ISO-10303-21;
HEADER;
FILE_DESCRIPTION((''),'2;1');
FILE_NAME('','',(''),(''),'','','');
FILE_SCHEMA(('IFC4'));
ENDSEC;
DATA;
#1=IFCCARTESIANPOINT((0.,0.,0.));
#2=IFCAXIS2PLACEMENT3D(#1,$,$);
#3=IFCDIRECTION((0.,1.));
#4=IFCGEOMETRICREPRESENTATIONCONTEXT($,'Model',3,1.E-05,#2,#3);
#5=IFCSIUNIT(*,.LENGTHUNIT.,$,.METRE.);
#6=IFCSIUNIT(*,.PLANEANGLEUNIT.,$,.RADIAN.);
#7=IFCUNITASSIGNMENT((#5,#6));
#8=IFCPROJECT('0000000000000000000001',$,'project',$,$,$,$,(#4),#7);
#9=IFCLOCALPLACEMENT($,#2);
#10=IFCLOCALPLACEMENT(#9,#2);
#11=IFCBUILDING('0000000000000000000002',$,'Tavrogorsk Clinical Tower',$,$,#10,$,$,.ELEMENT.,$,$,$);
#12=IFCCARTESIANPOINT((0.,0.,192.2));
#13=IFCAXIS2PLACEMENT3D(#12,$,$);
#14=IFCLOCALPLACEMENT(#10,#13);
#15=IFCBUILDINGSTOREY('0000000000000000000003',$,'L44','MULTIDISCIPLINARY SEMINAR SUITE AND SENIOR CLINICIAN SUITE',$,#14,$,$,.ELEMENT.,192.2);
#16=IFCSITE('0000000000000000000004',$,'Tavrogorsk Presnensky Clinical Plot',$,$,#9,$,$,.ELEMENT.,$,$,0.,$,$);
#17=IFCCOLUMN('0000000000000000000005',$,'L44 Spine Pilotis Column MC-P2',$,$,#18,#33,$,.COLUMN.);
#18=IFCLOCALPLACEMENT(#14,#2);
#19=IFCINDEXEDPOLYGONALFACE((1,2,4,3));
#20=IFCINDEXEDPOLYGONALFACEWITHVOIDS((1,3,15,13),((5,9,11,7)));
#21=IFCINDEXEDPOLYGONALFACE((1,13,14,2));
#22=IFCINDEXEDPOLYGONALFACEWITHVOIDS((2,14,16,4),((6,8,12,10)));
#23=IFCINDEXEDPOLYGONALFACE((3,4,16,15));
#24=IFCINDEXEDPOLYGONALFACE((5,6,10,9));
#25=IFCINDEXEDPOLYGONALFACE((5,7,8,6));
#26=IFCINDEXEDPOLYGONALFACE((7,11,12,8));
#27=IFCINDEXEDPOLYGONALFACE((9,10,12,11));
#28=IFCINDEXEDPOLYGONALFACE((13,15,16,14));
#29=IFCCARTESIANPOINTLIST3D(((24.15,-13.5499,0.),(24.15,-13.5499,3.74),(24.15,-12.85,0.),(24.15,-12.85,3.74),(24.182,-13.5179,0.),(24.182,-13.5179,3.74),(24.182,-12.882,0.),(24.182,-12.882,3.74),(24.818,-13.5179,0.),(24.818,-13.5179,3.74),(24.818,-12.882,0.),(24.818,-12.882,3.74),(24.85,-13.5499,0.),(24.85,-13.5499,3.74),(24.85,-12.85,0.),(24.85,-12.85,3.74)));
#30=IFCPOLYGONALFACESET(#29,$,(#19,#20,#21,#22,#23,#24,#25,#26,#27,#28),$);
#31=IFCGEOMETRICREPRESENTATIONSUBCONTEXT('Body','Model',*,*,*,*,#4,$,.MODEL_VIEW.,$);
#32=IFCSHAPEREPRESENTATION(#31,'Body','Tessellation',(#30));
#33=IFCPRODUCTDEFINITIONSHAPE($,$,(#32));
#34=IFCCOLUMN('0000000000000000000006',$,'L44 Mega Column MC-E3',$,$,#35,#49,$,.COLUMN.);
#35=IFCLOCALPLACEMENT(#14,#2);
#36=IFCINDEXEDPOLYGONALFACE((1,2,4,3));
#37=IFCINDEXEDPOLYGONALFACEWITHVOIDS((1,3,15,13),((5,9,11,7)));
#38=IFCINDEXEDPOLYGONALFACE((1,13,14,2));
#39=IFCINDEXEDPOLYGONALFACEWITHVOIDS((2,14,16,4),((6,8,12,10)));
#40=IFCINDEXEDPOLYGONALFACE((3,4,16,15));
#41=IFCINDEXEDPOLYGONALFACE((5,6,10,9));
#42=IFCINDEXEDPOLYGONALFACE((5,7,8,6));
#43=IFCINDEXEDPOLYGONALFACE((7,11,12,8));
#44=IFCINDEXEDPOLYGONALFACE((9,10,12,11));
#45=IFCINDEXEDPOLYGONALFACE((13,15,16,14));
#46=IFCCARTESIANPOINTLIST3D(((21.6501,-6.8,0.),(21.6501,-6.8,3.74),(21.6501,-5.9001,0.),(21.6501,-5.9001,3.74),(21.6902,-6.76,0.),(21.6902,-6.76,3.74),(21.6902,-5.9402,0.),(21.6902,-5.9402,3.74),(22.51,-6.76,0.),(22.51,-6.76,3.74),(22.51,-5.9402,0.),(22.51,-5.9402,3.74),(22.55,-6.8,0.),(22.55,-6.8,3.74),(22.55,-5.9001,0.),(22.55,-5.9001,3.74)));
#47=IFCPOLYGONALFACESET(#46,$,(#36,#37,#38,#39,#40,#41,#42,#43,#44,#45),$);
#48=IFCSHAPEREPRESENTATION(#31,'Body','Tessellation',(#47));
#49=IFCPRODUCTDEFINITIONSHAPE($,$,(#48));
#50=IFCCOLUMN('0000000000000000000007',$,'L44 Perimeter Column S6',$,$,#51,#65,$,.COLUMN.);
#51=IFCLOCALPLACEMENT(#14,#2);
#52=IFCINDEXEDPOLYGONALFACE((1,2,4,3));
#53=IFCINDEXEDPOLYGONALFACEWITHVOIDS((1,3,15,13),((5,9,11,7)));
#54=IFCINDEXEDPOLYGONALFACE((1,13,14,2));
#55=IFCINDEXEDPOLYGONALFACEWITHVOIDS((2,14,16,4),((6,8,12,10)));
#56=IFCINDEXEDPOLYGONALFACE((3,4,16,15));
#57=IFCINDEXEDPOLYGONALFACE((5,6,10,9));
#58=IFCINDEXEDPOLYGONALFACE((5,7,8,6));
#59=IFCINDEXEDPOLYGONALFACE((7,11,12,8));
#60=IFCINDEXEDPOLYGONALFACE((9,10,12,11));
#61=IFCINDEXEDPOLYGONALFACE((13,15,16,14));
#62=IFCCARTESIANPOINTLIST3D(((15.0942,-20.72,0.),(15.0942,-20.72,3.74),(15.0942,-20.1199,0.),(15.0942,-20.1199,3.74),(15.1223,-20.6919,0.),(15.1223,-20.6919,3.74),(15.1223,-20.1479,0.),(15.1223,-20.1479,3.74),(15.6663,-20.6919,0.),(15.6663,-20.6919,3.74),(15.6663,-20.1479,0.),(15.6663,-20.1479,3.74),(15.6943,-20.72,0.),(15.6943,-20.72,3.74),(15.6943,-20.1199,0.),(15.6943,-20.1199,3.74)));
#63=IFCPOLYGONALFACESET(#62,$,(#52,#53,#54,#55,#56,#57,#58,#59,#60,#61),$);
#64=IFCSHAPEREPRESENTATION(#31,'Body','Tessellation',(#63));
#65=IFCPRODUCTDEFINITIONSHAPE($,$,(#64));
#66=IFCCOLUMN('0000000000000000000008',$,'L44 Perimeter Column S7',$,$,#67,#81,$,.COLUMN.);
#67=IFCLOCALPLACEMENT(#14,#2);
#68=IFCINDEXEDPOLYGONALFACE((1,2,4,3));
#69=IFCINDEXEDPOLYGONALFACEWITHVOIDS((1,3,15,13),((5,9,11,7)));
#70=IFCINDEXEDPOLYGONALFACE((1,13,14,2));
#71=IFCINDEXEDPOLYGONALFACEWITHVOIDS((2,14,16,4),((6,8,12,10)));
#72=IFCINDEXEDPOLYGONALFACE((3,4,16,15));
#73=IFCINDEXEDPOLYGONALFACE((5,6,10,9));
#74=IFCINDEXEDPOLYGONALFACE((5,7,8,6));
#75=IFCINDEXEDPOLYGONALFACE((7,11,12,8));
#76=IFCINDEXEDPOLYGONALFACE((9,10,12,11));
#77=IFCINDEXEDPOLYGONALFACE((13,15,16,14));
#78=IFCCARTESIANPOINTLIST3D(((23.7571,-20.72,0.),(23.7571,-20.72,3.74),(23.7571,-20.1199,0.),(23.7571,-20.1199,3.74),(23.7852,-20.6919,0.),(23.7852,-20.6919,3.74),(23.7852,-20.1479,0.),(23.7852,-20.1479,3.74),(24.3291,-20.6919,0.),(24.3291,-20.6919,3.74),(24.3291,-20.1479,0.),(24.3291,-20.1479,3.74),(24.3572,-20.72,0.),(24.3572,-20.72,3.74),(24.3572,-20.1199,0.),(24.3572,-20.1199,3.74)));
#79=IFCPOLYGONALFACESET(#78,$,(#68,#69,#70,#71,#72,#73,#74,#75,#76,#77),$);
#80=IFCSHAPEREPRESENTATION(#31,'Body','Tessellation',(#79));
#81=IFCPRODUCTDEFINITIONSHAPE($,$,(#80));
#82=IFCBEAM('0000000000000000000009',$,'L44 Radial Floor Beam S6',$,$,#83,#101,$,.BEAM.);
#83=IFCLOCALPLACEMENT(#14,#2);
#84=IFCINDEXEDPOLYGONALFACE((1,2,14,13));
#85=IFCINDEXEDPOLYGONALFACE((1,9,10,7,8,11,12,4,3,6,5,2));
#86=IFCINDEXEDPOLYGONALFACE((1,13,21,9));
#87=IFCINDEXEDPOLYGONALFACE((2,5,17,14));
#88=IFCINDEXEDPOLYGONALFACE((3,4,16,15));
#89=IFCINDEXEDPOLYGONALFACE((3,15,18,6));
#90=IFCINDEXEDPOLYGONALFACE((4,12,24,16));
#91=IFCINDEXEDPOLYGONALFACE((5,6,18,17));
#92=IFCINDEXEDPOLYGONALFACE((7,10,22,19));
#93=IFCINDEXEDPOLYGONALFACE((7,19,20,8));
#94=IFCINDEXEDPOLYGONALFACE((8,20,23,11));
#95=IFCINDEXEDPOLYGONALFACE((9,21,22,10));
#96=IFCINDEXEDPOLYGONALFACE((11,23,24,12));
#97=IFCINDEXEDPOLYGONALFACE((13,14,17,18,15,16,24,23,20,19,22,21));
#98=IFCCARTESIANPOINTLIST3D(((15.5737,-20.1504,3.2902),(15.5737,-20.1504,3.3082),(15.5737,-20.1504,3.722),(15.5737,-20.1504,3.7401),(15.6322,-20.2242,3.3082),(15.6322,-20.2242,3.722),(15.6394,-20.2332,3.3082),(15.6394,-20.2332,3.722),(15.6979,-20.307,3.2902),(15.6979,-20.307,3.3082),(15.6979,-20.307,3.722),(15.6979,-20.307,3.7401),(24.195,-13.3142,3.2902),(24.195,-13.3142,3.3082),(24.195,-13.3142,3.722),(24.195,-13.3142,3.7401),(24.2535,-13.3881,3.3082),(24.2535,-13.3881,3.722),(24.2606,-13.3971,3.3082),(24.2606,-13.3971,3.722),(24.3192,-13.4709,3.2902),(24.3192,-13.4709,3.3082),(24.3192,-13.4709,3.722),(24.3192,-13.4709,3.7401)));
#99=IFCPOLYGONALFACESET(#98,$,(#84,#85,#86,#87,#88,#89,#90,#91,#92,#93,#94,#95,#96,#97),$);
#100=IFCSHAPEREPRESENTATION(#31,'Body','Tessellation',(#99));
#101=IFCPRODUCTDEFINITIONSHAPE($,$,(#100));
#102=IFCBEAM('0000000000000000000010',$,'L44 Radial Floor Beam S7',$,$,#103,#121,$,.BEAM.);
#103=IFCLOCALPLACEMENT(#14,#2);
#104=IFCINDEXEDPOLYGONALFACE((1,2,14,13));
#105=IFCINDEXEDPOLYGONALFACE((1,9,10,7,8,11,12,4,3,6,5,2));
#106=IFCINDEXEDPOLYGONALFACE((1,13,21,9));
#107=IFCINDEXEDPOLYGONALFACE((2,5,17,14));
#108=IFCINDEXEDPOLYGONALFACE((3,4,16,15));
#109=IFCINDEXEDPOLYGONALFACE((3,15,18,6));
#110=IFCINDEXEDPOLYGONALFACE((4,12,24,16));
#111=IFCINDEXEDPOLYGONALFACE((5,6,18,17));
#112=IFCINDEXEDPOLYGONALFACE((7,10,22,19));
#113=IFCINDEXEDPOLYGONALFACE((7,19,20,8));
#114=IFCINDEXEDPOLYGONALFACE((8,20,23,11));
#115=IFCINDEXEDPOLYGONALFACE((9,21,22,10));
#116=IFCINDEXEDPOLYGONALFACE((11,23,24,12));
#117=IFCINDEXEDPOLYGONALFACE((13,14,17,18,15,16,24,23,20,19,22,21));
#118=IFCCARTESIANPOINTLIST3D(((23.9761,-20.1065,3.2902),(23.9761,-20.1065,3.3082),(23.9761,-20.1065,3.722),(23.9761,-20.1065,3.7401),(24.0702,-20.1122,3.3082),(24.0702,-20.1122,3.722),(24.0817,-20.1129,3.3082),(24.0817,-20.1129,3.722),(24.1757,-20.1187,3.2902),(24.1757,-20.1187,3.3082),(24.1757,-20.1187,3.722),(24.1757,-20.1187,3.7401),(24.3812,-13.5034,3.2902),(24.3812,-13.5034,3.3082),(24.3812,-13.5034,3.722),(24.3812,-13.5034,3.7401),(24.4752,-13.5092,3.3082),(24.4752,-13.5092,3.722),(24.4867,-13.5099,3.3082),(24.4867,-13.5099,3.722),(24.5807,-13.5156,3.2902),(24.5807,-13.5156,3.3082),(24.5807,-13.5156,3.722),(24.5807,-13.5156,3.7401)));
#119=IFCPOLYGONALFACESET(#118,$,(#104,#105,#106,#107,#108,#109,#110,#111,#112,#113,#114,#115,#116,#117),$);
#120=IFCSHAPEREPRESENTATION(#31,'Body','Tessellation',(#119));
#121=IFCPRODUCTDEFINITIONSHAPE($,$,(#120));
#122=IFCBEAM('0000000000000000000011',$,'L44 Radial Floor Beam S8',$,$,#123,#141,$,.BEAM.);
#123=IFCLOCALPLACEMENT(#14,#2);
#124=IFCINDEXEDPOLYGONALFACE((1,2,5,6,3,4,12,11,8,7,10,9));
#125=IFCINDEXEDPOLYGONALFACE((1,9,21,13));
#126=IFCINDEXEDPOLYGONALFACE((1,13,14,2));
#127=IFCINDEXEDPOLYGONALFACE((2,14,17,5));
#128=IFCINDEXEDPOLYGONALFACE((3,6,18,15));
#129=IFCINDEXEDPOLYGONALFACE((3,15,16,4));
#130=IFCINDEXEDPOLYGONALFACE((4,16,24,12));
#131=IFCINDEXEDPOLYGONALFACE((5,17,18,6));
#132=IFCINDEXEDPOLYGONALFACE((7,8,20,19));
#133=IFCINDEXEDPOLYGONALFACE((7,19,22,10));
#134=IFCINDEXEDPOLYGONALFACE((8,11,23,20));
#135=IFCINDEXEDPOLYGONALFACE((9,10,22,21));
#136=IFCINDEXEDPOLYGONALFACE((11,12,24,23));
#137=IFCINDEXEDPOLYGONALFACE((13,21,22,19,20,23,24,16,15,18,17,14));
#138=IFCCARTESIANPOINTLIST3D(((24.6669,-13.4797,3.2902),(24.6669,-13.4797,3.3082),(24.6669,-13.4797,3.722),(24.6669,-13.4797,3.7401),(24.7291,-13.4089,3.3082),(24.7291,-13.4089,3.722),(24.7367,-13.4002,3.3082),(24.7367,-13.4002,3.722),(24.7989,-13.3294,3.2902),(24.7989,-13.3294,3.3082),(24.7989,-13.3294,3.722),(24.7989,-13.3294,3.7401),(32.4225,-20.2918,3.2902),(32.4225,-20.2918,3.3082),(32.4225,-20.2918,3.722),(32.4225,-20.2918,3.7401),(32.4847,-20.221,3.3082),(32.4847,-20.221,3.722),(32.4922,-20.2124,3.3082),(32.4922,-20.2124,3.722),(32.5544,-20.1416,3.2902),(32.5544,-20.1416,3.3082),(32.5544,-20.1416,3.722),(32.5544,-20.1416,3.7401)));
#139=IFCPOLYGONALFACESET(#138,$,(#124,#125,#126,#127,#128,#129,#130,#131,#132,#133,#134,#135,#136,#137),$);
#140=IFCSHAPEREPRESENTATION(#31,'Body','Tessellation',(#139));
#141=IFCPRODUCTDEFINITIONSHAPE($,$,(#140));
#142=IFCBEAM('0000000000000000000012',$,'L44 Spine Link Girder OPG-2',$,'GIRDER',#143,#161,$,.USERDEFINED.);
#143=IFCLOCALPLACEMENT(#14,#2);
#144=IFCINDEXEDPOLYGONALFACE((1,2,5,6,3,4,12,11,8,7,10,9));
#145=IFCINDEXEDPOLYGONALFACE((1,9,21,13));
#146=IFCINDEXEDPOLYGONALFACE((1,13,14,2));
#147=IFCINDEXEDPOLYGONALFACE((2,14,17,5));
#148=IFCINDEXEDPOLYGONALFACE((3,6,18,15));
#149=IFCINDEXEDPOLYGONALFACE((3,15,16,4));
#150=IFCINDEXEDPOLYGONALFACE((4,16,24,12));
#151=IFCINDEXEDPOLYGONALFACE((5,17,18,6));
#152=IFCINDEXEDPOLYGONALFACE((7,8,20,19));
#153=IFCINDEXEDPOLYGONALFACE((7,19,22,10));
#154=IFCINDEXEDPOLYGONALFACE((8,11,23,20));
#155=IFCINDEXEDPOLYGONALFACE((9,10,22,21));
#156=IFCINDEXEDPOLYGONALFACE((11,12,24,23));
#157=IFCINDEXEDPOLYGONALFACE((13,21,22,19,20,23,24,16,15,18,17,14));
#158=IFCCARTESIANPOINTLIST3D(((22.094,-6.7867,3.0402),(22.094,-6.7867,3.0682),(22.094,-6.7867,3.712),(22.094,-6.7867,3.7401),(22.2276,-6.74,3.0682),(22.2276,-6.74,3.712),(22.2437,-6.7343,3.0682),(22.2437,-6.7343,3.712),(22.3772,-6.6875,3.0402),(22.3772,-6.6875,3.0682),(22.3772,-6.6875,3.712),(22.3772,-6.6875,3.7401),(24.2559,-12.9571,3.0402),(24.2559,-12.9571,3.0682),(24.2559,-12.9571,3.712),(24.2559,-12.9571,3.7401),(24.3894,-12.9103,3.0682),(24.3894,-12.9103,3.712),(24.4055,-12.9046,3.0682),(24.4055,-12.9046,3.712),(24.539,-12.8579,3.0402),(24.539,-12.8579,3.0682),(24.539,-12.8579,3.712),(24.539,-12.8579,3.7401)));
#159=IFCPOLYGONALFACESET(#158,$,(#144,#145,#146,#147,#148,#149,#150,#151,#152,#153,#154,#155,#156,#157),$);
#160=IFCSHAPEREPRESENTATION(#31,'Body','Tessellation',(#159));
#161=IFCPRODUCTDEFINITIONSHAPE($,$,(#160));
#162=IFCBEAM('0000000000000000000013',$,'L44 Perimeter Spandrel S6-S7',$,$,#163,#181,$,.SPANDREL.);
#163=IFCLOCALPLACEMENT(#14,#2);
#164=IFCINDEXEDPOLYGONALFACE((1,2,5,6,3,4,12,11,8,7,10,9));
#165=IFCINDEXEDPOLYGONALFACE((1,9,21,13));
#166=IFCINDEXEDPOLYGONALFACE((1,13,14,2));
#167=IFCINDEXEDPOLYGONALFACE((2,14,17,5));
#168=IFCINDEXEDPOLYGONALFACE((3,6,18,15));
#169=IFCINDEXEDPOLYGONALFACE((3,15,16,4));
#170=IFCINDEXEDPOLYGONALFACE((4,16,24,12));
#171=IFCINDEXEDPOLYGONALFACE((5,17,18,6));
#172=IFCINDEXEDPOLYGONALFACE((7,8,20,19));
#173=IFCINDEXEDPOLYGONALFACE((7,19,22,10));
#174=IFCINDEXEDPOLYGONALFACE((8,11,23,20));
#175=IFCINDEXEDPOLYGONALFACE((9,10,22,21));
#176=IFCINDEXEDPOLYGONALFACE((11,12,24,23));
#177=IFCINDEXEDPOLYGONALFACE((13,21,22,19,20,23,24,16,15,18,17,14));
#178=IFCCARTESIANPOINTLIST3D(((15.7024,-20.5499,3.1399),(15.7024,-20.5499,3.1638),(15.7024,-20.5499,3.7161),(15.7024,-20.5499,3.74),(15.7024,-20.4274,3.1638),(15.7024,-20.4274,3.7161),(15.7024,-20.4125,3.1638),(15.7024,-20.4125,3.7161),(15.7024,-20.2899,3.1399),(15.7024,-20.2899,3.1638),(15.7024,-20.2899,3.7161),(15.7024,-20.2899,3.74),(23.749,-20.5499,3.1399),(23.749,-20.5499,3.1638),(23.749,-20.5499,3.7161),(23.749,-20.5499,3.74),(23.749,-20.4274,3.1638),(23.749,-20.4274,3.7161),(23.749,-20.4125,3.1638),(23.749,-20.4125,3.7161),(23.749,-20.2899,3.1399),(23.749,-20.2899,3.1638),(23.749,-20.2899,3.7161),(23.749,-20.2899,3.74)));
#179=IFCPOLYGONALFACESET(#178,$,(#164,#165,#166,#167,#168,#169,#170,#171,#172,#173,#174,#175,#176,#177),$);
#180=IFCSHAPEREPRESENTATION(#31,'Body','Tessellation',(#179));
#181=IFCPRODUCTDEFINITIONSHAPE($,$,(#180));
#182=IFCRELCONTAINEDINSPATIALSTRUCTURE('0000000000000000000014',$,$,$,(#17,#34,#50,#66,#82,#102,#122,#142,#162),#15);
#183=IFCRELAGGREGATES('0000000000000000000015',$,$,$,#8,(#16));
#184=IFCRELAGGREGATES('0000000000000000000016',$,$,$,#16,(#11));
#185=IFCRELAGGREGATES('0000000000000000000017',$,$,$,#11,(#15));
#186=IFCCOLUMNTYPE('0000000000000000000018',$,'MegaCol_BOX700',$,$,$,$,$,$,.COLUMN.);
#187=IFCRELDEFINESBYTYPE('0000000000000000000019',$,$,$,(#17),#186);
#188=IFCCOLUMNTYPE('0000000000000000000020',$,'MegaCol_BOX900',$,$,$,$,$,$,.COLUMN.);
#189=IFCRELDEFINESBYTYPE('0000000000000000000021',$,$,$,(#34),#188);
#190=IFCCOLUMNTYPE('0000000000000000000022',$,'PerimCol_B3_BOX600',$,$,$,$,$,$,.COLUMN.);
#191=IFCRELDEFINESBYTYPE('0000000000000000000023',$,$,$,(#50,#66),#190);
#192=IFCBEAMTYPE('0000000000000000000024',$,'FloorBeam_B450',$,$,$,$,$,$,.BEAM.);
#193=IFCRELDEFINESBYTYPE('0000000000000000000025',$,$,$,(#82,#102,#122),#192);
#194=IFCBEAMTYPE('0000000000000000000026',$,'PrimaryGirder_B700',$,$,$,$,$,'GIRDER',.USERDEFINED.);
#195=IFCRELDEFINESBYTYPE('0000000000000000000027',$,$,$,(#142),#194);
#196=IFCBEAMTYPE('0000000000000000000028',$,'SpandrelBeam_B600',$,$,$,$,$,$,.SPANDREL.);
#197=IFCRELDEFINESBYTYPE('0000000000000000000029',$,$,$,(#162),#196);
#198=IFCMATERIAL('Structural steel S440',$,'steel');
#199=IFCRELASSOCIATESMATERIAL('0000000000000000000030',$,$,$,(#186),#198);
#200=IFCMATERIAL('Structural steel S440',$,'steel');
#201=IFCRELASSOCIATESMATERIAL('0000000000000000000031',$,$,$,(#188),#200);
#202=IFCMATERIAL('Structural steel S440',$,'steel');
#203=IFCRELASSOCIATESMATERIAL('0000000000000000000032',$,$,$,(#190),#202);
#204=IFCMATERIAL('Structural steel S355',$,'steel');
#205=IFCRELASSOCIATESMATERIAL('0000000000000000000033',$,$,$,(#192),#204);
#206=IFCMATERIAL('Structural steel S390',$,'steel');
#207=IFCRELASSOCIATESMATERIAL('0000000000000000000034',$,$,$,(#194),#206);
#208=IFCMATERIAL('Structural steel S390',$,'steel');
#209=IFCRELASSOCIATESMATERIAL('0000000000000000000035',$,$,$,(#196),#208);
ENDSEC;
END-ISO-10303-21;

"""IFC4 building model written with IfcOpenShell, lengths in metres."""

from ifc_helpers import new_model, si_unit, direction, frame, origin, origin_2d, place, context, subcontext, project, spatial, hollow_rectangle, i_section, extrude, material, material_profile, profile_set, type_object, element, save


model = new_model("IFC4")

# Units and contexts
model_context = context("Model", 3, precision=1e-05, world=origin(), true_north=direction((0.0, 1.0)))
body_context = subcontext(model_context, "Body", "Model", "MODEL_VIEW")
ifc_project = project(units=[si_unit("LENGTHUNIT", "METRE"), si_unit("PLANEANGLEUNIT", "RADIAN")], contexts=[model_context])

# Site, building, storey
site_placement = place(None, origin())
site = spatial("IfcSite", under=ifc_project, at=site_placement, Name="Tavrogorsk Presnensky Clinical Plot", CompositionType="ELEMENT", RefElevation=0.0)
building_placement = place(site_placement, origin())
building = spatial("IfcBuilding", under=site, at=building_placement, Name="Tavrogorsk Clinical Tower", CompositionType="ELEMENT")
storey_placement = place(building_placement, frame((0.0, 0.0, 192.2)))
storey = spatial("IfcBuildingStorey", under=building, at=storey_placement, Name="L44", Description="MULTIDISCIPLINARY SEMINAR SUITE AND SENIOR CLINICIAN SUITE", CompositionType="ELEMENT", Elevation=192.2)

# Columns
ifc_material_1 = material(Name="Structural steel S440", Category="steel")
ifc_material_profile_1 = material_profile(ifc_material_1, hollow_rectangle(XDim=0.7, YDim=0.7, WallThickness=0.032, at=origin_2d()), Name="BOX-700x700x32")
ifc_profile_set_1 = profile_set([ifc_material_profile_1], Name="Structural steel S440")
column_type_1 = type_object("IfcColumnType", Name="MegaCol_BOX700", PredefinedType="COLUMN", material=ifc_profile_set_1)
column_1_placement = place(storey_placement, frame((24.5, -13.2, 0.0), z_axis=(0.0, 0.0, 1.0), x_axis=(1.0, 0.0, 0.0)))
element("IfcColumn", 1, at=column_1_placement, inside=storey, type_object=column_type_1, Name="L44 Spine Pilotis Column MC-P2", PredefinedType="COLUMN", context=body_context, shape_type="SweptSolid", body=[
    extrude(hollow_rectangle(XDim=0.7, YDim=0.7, WallThickness=0.032, at=origin_2d()), origin(), (0.0, 0.0, 1.0), 3.74),
])
ifc_material_2 = material(Name="Structural steel S440", Category="steel")
ifc_material_profile_2 = material_profile(ifc_material_2, hollow_rectangle(XDim=0.8999, YDim=0.8999, WallThickness=0.04, at=origin_2d()), Name="BOX-900x900x40")
ifc_profile_set_2 = profile_set([ifc_material_profile_2], Name="Structural steel S440")
column_type_2 = type_object("IfcColumnType", Name="MegaCol_BOX900", PredefinedType="COLUMN", material=ifc_profile_set_2)
column_2_placement = place(storey_placement, frame((22.1001, -6.3501, 0.0), z_axis=(0.0, 0.0, 1.0), x_axis=(1.0, 0.0, 0.0)))
element("IfcColumn", 2, at=column_2_placement, inside=storey, type_object=column_type_2, Name="L44 Mega Column MC-E3", PredefinedType="COLUMN", context=body_context, shape_type="SweptSolid", body=[
    extrude(hollow_rectangle(XDim=0.8999, YDim=0.8999, WallThickness=0.04, at=origin_2d()), origin(), (0.0, 0.0, 1.0), 3.74),
])
ifc_material_3 = material(Name="Structural steel S440", Category="steel")
ifc_material_profile_3 = material_profile(ifc_material_3, hollow_rectangle(XDim=0.6001, YDim=0.6001, WallThickness=0.0281, at=origin_2d()), Name="BOX-600x600x28")
ifc_profile_set_3 = profile_set([ifc_material_profile_3], Name="Structural steel S440")
column_type_3 = type_object("IfcColumnType", Name="PerimCol_B3_BOX600", PredefinedType="COLUMN", material=ifc_profile_set_3)
for number, where, z_axis, x_axis, name in (
    (3, (15.3943, -20.4199, 0.0), (0.0, 0.0, 1.0), (1.0, 0.0, 0.0), "L44 Perimeter Column S6"),
    (4, (24.0571, -20.4199, 0.0), (0.0, 0.0, 1.0), (1.0, 0.0, 0.0), "L44 Perimeter Column S7"),
):
    element("IfcColumn", number, at=place(storey_placement, frame(where, z_axis=z_axis, x_axis=x_axis)), inside=storey, type_object=column_type_3, Name=name, PredefinedType="COLUMN", context=body_context, shape_type="SweptSolid", body=[
        extrude(hollow_rectangle(XDim=0.6001, YDim=0.6001, WallThickness=0.0281, at=origin_2d()), origin(), (0.0, 0.0, 1.0), 3.74),
    ])

# Beams
ifc_material_4 = material(Name="Structural steel S355", Category="steel")
ifc_material_profile_4 = material_profile(ifc_material_4, i_section(OverallWidth=0.2, OverallDepth=0.45, WebThickness=0.0115, FlangeThickness=0.0181, at=origin_2d()), Name="B-450x200x11.5x18")
ifc_profile_set_4 = profile_set([ifc_material_profile_4], Name="Structural steel S355")
beam_type_1 = type_object("IfcBeamType", Name="FloorBeam_B450", PredefinedType="BEAM", material=ifc_profile_set_4)
beam_1_placement = place(storey_placement, frame((24.2571, -13.3926, 3.5151), z_axis=(-0.783561, -0.621315, 0.0), x_axis=(0.621315, -0.783561, 0.0)))
element("IfcBeam", 5, at=beam_1_placement, inside=storey, type_object=beam_type_1, Name="L44 Radial Floor Beam S6", PredefinedType="BEAM", context=body_context, shape_type="SweptSolid", body=[
    extrude(i_section(OverallWidth=0.2, OverallDepth=0.45, WebThickness=0.0115, FlangeThickness=0.0181, at=origin_2d()), origin(), (0.0, 0.0, 1.0), 11.0027),
])
beam_2_placement = place(storey_placement, frame((24.481, -13.5095, 3.5151), z_axis=(-0.061225, -0.998124, 0.0), x_axis=(0.998124, -0.061225, 0.0)))
element("IfcBeam", 6, at=beam_2_placement, inside=storey, type_object=beam_type_1, Name="L44 Radial Floor Beam S7", PredefinedType="BEAM", context=body_context, shape_type="SweptSolid", body=[
    extrude(i_section(OverallWidth=0.2, OverallDepth=0.45, WebThickness=0.0115, FlangeThickness=0.0181, at=origin_2d()), origin(), (0.0, 0.0, 1.0), 6.6155),
])
beam_3_placement = place(storey_placement, frame((24.7329, -13.4045, 3.5151), z_axis=(0.751323, -0.659935, 0.0), x_axis=(0.659935, 0.751323, 0.0)))
element("IfcBeam", 7, at=beam_3_placement, inside=storey, type_object=beam_type_1, Name="L44 Radial Floor Beam S8", PredefinedType="BEAM", context=body_context, shape_type="SweptSolid", body=[
    extrude(i_section(OverallWidth=0.2, OverallDepth=0.45, WebThickness=0.0115, FlangeThickness=0.0181, at=origin_2d()), origin(), (0.0, 0.0, 1.0), 10.3225),
])
ifc_material_5 = material(Name="Structural steel S390", Category="steel")
ifc_material_profile_5 = material_profile(ifc_material_5, i_section(OverallWidth=0.3, OverallDepth=0.7, WebThickness=0.0171, FlangeThickness=0.0281, at=origin_2d()), Name="B-700x300x17x28")
ifc_profile_set_5 = profile_set([ifc_material_profile_5], Name="Structural steel S390")
beam_type_2 = type_object("IfcBeamType", Name="PrimaryGirder_B700", ElementType="GIRDER", PredefinedType="USERDEFINED", material=ifc_profile_set_5)
beam_4_placement = place(storey_placement, frame((24.3975, -12.9075, 3.3901), z_axis=(-0.330653, 0.943752, 0.0), x_axis=(-0.943752, -0.330653, 0.0)))
element("IfcBeam", 8, at=beam_4_placement, inside=storey, type_object=beam_type_2, Name="L44 Spine Link Girder OPG-2", ObjectType="GIRDER", PredefinedType="USERDEFINED", context=body_context, shape_type="SweptSolid", body=[
    extrude(i_section(OverallWidth=0.3, OverallDepth=0.7, WebThickness=0.0171, FlangeThickness=0.0281, at=origin_2d()), origin(), (0.0, 0.0, 1.0), 6.5381),
])
ifc_material_6 = material(Name="Structural steel S390", Category="steel")
ifc_material_profile_6 = material_profile(ifc_material_6, i_section(OverallWidth=0.26, OverallDepth=0.6001, WebThickness=0.0149, FlangeThickness=0.0239, at=origin_2d()), Name="B-600x260x15x24")
ifc_profile_set_6 = profile_set([ifc_material_profile_6], Name="Structural steel S390")
beam_type_3 = type_object("IfcBeamType", Name="SpandrelBeam_B600", PredefinedType="SPANDREL", material=ifc_profile_set_6)
beam_5_placement = place(storey_placement, frame((15.7024, -20.4199, 3.4399), z_axis=(1.0, 0.0, 0.0), x_axis=(0.0, 1.0, 0.0)))
element("IfcBeam", 9, at=beam_5_placement, inside=storey, type_object=beam_type_3, Name="L44 Perimeter Spandrel S6-S7", PredefinedType="SPANDREL", context=body_context, shape_type="SweptSolid", body=[
    extrude(i_section(OverallWidth=0.26, OverallDepth=0.6001, WebThickness=0.0149, FlangeThickness=0.0239, at=origin_2d()), origin(), (0.0, 0.0, 1.0), 8.0466),
])

save(model, "model.ifc")
